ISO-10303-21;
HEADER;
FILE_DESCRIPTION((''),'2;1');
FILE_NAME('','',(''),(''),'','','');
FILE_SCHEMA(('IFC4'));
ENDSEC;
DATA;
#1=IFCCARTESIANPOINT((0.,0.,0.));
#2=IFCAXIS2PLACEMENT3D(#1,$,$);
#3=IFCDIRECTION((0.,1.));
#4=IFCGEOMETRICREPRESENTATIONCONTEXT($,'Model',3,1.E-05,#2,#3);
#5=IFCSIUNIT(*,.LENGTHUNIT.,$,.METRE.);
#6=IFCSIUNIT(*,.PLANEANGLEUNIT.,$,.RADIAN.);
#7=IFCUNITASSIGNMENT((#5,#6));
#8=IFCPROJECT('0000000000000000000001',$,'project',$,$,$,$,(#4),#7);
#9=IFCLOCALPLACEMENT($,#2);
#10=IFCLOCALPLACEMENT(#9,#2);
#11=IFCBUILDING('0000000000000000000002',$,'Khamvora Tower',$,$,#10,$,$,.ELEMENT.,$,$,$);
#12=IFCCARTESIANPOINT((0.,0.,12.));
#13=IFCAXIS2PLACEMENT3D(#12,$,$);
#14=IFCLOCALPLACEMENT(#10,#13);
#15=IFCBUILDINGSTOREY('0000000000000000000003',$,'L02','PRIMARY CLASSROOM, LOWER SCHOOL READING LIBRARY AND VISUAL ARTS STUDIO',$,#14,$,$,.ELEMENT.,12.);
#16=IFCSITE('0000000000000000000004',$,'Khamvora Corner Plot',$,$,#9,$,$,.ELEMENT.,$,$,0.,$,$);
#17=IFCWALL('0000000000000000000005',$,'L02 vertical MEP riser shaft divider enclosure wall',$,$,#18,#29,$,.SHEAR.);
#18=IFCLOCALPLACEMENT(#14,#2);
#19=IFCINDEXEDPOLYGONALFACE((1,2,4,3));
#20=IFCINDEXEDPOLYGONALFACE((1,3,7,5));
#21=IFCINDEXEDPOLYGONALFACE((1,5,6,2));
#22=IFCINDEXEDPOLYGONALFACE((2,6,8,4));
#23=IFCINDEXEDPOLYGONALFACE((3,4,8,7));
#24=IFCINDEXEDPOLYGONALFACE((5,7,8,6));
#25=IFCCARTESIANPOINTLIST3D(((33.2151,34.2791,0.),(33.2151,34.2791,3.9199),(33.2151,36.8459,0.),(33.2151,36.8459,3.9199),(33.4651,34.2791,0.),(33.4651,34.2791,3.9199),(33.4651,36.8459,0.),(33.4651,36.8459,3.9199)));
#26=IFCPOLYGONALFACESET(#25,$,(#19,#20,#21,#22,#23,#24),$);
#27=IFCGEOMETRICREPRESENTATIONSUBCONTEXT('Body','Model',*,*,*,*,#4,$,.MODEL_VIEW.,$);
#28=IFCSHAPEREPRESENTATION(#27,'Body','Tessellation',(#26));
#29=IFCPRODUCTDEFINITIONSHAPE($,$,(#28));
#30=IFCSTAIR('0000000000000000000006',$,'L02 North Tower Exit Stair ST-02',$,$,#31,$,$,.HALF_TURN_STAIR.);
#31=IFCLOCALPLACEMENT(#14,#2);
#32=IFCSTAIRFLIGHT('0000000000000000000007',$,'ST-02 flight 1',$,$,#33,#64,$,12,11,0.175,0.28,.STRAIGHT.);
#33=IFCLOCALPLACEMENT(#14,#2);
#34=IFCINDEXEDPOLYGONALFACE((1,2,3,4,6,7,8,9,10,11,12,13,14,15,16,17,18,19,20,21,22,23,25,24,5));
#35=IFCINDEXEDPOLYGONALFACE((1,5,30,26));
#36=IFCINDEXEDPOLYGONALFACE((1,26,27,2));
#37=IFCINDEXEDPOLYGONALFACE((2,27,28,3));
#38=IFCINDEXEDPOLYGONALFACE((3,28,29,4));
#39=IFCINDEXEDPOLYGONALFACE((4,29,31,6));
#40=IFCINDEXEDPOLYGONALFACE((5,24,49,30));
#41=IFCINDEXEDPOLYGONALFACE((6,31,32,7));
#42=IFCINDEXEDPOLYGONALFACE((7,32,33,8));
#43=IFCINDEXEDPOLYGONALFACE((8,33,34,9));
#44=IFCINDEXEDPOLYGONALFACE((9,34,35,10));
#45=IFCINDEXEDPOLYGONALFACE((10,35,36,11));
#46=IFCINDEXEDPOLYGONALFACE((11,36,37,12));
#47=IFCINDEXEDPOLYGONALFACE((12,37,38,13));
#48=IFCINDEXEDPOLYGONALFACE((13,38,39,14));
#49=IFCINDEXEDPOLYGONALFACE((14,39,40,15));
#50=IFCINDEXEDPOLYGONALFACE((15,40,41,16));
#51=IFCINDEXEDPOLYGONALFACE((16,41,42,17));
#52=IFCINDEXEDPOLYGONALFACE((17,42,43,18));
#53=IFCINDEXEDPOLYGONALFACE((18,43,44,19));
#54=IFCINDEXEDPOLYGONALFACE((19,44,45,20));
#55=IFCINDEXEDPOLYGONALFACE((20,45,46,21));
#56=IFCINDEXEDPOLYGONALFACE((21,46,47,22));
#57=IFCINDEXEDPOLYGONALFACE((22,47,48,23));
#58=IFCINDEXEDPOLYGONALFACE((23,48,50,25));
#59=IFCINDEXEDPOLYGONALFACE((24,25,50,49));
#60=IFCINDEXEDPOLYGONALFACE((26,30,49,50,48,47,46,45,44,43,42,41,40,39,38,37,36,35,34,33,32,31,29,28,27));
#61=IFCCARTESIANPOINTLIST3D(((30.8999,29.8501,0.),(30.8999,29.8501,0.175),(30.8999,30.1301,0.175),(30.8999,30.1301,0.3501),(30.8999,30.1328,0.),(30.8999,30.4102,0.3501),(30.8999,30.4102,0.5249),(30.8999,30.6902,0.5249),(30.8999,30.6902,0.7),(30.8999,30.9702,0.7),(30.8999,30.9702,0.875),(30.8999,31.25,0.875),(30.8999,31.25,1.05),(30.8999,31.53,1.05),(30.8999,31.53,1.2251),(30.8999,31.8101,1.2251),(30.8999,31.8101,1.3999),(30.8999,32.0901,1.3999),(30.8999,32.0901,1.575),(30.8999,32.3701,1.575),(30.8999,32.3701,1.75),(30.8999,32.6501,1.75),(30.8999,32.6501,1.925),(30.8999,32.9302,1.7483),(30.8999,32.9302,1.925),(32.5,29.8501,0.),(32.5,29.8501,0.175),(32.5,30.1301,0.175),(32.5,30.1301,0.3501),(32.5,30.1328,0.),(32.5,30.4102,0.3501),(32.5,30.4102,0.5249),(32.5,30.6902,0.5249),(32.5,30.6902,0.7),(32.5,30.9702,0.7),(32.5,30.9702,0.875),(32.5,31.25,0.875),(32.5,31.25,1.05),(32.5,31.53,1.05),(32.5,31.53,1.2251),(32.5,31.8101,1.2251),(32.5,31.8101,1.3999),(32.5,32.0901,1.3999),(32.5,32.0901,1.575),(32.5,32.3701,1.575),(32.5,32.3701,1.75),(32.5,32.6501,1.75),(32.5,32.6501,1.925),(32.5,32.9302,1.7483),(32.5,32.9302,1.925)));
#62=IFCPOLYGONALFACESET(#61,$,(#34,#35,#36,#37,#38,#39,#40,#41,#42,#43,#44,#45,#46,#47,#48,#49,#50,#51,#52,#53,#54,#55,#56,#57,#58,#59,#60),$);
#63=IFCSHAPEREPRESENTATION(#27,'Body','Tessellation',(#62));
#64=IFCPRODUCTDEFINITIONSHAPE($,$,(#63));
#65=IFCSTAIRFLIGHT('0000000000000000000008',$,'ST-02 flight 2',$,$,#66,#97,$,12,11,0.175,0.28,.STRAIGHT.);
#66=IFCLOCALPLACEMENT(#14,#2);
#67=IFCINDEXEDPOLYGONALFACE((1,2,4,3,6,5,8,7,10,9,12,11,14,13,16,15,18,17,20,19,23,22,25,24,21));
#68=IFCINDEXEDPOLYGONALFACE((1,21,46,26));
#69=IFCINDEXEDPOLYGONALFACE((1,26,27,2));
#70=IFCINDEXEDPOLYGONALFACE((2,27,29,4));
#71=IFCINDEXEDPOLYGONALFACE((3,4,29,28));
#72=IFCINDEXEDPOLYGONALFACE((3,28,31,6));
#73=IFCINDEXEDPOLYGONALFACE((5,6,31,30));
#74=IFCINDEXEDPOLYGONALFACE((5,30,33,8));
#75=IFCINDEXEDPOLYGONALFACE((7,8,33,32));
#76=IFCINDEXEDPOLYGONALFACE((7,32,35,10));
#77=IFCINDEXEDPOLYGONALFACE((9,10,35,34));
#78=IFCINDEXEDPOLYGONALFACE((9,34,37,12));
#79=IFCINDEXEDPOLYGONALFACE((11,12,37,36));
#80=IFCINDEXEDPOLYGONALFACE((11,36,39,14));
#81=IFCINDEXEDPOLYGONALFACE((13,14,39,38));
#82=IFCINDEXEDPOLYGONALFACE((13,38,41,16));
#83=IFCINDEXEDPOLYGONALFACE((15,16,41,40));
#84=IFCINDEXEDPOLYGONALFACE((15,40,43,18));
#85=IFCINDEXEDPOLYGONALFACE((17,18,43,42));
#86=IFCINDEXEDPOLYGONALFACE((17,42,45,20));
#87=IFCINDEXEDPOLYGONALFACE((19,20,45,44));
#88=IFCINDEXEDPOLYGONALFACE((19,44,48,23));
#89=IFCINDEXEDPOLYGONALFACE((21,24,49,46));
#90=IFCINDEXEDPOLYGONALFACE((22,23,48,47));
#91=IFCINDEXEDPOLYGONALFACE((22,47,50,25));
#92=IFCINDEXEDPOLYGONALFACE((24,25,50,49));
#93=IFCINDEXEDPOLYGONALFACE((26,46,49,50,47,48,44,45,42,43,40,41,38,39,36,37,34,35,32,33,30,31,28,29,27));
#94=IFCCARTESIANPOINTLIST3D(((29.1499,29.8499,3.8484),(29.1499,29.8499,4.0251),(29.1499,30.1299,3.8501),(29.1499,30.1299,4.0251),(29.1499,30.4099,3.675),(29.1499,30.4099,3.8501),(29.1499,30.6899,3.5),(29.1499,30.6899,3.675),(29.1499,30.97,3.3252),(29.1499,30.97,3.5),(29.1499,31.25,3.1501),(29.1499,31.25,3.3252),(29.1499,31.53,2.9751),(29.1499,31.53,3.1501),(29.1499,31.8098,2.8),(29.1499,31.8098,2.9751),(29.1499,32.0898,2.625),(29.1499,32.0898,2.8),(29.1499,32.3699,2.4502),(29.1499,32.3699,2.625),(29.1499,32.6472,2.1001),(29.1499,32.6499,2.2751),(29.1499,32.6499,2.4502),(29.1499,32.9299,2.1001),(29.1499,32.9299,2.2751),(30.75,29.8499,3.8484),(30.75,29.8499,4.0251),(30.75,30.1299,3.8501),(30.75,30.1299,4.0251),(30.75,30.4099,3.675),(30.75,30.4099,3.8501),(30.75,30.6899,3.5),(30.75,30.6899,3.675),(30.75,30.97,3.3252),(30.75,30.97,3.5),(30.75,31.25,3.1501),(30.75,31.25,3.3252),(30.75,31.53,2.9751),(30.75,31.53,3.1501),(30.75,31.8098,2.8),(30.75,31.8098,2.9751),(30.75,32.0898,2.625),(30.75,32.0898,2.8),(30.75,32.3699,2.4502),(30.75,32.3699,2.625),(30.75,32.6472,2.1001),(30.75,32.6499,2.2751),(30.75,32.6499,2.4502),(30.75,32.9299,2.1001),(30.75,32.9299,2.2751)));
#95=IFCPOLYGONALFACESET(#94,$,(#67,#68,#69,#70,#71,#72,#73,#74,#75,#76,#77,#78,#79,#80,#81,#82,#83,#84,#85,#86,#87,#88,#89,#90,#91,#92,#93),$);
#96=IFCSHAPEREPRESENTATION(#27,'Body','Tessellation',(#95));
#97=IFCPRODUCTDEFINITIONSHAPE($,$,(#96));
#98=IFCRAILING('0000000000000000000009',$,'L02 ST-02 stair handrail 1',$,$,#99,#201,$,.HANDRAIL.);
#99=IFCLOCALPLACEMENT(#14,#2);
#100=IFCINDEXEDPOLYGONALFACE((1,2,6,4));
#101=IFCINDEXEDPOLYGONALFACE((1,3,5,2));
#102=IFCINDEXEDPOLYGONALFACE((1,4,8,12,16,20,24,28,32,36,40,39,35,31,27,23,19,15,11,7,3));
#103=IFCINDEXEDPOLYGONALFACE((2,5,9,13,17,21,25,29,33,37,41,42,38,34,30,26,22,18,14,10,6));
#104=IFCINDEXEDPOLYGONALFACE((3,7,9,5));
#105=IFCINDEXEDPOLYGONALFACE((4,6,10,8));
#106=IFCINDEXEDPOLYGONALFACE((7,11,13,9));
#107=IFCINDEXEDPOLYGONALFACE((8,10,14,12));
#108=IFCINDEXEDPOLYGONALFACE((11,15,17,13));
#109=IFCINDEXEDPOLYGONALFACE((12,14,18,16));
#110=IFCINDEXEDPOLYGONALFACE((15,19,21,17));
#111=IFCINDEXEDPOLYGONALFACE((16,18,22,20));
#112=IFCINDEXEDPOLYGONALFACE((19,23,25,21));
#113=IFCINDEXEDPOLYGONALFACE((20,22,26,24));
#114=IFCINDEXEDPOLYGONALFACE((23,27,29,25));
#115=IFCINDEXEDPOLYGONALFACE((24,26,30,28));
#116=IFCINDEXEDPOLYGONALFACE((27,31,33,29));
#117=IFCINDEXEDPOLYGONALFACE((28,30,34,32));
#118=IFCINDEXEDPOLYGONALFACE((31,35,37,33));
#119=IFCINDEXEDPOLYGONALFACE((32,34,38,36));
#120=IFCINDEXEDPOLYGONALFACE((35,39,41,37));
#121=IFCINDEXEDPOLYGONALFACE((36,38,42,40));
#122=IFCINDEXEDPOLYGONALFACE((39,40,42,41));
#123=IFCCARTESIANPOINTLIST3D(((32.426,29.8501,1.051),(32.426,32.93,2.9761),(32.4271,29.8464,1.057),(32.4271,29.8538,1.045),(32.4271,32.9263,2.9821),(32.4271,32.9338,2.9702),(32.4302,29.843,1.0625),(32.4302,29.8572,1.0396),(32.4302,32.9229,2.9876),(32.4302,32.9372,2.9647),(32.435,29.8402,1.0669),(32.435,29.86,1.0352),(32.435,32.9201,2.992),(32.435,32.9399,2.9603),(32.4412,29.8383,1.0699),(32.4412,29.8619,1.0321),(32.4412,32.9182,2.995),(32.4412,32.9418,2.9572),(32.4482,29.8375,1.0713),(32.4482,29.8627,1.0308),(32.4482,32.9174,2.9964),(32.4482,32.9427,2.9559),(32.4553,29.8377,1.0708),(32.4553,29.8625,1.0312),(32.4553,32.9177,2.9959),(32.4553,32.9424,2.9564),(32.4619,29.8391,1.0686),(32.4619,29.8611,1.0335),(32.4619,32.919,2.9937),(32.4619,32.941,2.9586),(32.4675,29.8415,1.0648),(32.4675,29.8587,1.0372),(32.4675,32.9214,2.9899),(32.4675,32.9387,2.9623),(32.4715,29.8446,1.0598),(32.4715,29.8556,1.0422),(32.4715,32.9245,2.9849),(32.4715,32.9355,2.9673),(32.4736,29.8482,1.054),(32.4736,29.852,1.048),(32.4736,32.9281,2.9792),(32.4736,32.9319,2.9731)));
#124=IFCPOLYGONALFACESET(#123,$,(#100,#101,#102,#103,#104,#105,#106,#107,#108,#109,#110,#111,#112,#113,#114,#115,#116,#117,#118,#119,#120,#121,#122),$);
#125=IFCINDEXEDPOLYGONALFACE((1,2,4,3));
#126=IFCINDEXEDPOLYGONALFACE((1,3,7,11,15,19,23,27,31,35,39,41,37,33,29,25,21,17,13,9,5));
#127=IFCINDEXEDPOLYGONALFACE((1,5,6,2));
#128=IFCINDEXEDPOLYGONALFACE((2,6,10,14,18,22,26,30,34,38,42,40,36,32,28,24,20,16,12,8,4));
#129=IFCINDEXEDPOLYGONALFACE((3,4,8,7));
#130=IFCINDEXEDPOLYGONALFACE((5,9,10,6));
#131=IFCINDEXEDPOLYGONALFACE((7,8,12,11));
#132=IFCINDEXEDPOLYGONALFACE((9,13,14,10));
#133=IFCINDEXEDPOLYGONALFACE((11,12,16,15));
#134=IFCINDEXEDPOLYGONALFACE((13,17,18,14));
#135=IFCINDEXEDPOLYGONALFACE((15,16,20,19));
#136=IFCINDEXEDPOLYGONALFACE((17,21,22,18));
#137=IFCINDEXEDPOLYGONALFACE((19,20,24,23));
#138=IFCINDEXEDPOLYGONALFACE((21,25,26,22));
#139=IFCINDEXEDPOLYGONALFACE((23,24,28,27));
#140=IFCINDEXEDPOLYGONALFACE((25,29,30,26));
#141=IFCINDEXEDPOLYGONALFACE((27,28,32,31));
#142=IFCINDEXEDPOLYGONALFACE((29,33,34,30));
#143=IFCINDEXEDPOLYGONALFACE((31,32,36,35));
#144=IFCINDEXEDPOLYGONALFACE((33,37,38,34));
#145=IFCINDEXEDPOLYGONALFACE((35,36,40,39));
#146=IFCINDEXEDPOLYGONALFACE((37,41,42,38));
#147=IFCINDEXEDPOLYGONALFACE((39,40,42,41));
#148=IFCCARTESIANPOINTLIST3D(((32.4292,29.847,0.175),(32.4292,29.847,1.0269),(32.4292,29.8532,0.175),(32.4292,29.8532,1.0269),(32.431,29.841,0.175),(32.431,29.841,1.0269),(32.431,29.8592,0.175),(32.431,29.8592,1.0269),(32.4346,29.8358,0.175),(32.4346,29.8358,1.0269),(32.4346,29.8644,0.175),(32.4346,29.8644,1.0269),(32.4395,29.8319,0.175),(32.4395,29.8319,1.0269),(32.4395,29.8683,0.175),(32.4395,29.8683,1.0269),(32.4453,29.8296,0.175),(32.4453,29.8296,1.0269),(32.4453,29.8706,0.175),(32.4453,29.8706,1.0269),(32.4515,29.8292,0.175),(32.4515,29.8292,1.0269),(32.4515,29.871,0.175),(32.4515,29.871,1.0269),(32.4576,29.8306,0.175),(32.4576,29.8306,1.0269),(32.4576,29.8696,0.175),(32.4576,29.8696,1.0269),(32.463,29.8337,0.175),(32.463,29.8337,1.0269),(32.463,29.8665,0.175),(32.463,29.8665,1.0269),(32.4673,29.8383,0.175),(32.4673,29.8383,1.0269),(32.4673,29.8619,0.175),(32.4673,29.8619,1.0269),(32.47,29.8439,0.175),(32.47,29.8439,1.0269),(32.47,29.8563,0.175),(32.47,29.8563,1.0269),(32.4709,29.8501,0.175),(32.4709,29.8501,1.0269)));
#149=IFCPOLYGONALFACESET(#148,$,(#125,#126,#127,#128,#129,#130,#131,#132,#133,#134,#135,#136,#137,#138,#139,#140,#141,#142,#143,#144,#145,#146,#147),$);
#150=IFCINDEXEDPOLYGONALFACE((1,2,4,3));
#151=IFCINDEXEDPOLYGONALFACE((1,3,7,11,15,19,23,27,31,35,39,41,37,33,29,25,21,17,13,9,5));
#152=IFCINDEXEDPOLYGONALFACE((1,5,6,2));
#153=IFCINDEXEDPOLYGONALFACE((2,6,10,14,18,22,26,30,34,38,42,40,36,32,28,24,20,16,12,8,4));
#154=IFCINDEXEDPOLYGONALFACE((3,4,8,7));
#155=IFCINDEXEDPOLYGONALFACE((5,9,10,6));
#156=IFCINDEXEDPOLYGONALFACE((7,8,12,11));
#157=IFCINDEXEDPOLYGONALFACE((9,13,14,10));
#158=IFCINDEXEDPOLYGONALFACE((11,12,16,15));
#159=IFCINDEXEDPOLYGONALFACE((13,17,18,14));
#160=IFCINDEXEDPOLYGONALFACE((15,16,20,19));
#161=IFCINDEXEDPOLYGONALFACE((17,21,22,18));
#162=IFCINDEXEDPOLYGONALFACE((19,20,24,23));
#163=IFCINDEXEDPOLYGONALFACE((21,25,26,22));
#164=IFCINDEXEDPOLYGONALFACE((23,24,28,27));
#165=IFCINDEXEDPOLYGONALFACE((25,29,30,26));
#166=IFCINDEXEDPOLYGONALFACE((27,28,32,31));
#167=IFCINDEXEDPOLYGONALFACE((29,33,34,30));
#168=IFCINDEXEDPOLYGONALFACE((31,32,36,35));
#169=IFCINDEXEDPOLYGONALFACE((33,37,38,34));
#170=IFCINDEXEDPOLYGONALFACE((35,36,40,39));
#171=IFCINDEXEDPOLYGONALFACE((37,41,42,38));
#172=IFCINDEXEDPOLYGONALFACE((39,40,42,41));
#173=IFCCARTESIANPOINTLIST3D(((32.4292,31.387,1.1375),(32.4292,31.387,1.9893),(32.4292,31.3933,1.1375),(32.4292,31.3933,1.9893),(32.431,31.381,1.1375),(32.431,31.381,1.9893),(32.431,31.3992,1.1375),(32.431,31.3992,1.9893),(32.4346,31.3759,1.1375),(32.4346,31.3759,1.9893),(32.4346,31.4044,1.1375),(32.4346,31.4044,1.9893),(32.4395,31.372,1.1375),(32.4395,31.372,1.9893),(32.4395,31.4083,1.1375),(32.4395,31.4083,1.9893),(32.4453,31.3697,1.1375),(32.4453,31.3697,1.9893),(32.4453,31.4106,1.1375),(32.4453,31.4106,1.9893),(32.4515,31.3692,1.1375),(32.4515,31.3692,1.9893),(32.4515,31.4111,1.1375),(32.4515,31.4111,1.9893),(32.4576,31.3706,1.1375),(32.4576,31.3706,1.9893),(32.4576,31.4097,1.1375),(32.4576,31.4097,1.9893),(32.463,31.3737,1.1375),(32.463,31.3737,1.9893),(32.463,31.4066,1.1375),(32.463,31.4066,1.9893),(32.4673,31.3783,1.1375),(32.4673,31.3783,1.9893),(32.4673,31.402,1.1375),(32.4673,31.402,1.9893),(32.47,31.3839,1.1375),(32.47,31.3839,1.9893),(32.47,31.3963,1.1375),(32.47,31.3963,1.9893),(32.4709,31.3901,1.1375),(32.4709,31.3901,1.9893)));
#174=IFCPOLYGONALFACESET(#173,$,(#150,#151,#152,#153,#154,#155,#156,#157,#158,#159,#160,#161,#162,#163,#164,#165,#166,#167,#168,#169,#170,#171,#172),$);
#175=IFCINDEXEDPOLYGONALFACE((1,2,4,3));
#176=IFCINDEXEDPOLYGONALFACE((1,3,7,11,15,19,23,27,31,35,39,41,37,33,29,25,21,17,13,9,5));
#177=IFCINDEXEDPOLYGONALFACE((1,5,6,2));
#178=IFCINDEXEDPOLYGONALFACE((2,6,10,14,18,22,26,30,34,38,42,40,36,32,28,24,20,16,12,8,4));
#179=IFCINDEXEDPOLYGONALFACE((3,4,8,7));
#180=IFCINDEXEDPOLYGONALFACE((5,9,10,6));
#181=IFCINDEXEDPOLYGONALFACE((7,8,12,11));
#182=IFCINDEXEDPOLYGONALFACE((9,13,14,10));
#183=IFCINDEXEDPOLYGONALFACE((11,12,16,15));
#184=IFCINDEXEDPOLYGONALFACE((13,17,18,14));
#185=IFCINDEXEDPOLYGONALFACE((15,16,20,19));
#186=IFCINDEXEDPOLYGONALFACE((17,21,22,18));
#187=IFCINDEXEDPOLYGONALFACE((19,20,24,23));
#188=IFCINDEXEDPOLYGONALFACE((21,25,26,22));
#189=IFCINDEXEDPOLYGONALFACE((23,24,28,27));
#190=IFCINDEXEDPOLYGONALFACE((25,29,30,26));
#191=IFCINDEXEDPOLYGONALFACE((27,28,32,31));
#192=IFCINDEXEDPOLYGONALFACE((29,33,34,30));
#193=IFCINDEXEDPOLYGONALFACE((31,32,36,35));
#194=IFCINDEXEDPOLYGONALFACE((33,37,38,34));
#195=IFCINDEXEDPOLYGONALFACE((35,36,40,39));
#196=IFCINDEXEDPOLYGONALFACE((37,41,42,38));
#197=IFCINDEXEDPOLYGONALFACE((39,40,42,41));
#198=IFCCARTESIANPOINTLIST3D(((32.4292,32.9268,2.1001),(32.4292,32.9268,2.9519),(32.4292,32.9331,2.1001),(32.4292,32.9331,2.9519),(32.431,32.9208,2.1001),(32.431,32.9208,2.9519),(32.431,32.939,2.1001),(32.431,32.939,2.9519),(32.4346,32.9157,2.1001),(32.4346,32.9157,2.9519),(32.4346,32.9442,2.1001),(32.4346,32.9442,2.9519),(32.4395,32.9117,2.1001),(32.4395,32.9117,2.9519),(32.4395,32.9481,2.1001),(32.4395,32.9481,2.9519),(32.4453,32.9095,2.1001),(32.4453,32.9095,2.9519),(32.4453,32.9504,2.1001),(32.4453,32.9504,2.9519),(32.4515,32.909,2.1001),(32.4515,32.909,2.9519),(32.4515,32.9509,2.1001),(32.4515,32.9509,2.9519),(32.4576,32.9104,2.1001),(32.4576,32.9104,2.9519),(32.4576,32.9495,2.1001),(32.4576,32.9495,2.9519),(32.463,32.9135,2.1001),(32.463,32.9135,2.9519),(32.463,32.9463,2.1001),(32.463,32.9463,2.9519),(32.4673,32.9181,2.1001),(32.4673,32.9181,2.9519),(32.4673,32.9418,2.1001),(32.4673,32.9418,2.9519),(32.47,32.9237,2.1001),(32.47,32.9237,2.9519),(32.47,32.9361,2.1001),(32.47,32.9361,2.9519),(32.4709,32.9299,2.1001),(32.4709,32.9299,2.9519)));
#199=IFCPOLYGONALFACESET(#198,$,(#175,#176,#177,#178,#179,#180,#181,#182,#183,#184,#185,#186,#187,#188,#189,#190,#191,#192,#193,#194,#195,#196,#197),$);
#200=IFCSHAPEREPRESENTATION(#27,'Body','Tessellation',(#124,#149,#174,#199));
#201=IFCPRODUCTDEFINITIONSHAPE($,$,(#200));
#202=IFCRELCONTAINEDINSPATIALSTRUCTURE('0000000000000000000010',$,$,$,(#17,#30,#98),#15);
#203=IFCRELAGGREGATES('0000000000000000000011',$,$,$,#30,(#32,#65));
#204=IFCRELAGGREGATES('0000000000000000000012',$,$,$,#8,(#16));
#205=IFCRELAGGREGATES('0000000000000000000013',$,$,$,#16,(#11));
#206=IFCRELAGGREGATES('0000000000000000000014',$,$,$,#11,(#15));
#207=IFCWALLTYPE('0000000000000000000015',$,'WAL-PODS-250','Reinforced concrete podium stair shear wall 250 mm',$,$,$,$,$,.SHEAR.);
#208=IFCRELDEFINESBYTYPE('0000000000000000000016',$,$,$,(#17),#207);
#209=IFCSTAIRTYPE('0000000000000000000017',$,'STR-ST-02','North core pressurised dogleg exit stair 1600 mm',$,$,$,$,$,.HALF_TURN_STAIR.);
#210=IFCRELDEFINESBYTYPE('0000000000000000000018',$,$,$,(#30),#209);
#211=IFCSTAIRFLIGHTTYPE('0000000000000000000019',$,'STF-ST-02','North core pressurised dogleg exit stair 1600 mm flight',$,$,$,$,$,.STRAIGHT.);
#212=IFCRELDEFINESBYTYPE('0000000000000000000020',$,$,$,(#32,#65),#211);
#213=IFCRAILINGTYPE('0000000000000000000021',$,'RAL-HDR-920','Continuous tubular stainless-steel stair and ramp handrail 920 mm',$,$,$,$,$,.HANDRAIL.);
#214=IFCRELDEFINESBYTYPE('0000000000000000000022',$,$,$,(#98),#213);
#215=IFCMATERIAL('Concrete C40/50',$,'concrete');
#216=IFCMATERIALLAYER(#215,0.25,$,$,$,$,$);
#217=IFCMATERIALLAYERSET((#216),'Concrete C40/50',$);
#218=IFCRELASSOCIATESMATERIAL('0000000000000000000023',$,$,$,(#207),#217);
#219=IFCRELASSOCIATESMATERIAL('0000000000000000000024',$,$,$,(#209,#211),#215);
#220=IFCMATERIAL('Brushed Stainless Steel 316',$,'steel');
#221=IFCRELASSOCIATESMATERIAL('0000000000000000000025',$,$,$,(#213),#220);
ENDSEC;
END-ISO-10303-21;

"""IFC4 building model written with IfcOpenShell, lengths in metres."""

from ifc_helpers import new_model, si_unit, direction, frame, frame_2d, origin, origin_2d, place, context, subcontext, project, spatial, polyline, rectangle, circle, outline, extrude, material, layer, layer_set, type_object, element, aggregate, save


model = new_model("IFC4")

# Units and contexts
model_context = context("Model", 3, precision=1e-05, world=origin(), true_north=direction((0.0, 1.0)))
body_context = subcontext(model_context, "Body", "Model", "MODEL_VIEW")
ifc_project = project(units=[si_unit("LENGTHUNIT", "METRE"), si_unit("PLANEANGLEUNIT", "RADIAN")], contexts=[model_context])

# Site, building, storey
site_placement = place(None, origin())
site = spatial("IfcSite", under=ifc_project, at=site_placement, Name="Khamvora Corner Plot", CompositionType="ELEMENT", RefElevation=0.0)
building_placement = place(site_placement, origin())
building = spatial("IfcBuilding", under=site, at=building_placement, Name="Khamvora Tower", CompositionType="ELEMENT")
storey_placement = place(building_placement, frame((0.0, 0.0, 12.0)))
storey = spatial("IfcBuildingStorey", under=building, at=storey_placement, Name="L02", Description="PRIMARY CLASSROOM, LOWER SCHOOL READING LIBRARY AND VISUAL ARTS STUDIO", CompositionType="ELEMENT", Elevation=12.0)

# Wall
ifc_material_1 = material(Name="Concrete C40/50", Category="concrete")
ifc_layer_1 = layer(ifc_material_1, 0.25)
ifc_layer_set_1 = layer_set([ifc_layer_1], Name="Concrete C40/50")
wall_type_1 = type_object("IfcWallType", Name="WAL-PODS-250", Description="Reinforced concrete podium stair shear wall 250 mm", PredefinedType="SHEAR", material=ifc_layer_set_1)
wall_1_placement = place(storey_placement, frame((33.3401, 34.2791, 0.0), z_axis=(0.0, 0.0, 1.0), x_axis=(0.0, 1.0, 0.0)))
element("IfcWall", 1, at=wall_1_placement, inside=storey, type_object=wall_type_1, Name="L02 vertical MEP riser shaft divider enclosure wall", PredefinedType="SHEAR", context=body_context, shape_type="SweptSolid", body=[
    extrude(rectangle(XDim=2.5669, YDim=0.25, at=frame_2d((1.2834, 0.0))), origin(), (0.0, 0.0, 1.0), 3.9199),
])

# Stair, stair flights
stair_type = type_object("IfcStairType", Name="STR-ST-02", Description="North core pressurised dogleg exit stair 1600 mm", PredefinedType="HALF_TURN_STAIR", material=ifc_material_1)
stair_placement = place(storey_placement, origin())
stair = element("IfcStair", 2, at=stair_placement, inside=storey, type_object=stair_type, Name="L02 North Tower Exit Stair ST-02", PredefinedType="HALF_TURN_STAIR")
stair_flight_type = type_object("IfcStairFlightType", Name="STF-ST-02", Description="North core pressurised dogleg exit stair 1600 mm flight", PredefinedType="STRAIGHT", material=ifc_material_1)
stair_flight_1_placement = place(storey_placement, frame((31.7, 29.8501, 0.0), z_axis=(0.0, 0.0, 1.0), x_axis=(0.0, 1.0, 0.0)))
stair_flight_1 = element("IfcStairFlight", 3, at=stair_flight_1_placement, type_object=stair_flight_type, Name="ST-02 flight 1", NumberOfRisers=12, NumberOfTreads=11, PredefinedType="STRAIGHT", RiserHeight=0.175, TreadLength=0.28, context=body_context, shape_type="SweptSolid", body=[
    extrude(outline(polyline([(0.0, 0.0), (0.0, 0.175), (0.28, 0.175), (0.28, 0.3501), (0.5601, 0.3501), (0.5601, 0.5249), (0.8401, 0.5249), (0.8401, 0.7), (1.1201, 0.7), (1.1201, 0.875), (1.3999, 0.875), (1.3999, 1.05), (1.6799, 1.05), (1.6799, 1.2251), (1.96, 1.2251), (1.96, 1.3999), (2.24, 1.3999), (2.24, 1.575), (2.52, 1.575), (2.52, 1.75), (2.8, 1.75), (2.8, 1.925), (3.0801, 1.925), (3.0801, 2.1001), (3.0801, 1.7483), (0.2827, 0.0), (0.0, 0.0)])), frame((0.0, 0.8, 0.0), z_axis=(0.0, -1.0, 0.0), x_axis=(1.0, 0.0, 0.0)), (0.0, 0.0, 1.0), 1.6001),
])
stair_flight_2_placement = place(storey_placement, frame((29.95, 32.9299, 2.1001), z_axis=(0.0, 0.0, 1.0), x_axis=(0.0, -1.0, 0.0)))
stair_flight_2 = element("IfcStairFlight", 4, at=stair_flight_2_placement, type_object=stair_flight_type, Name="ST-02 flight 2", NumberOfRisers=12, NumberOfTreads=11, PredefinedType="STRAIGHT", RiserHeight=0.175, TreadLength=0.28, context=body_context, shape_type="SweptSolid", body=[
    extrude(outline(polyline([(0.0, 0.0), (0.0, 0.175), (0.28, 0.175), (0.28, 0.3501), (0.5601, 0.3501), (0.5601, 0.5249), (0.8401, 0.5249), (0.8401, 0.7), (1.1201, 0.7), (1.1201, 0.875), (1.3999, 0.875), (1.3999, 1.05), (1.6799, 1.05), (1.6799, 1.2251), (1.96, 1.2251), (1.96, 1.3999), (2.24, 1.3999), (2.24, 1.575), (2.52, 1.575), (2.52, 1.75), (2.8, 1.75), (2.8, 1.925), (3.0801, 1.925), (3.0801, 2.1001), (3.0801, 1.7483), (0.2827, 0.0), (0.0, 0.0)])), frame((0.0, 0.8, 0.0), z_axis=(0.0, -1.0, 0.0), x_axis=(1.0, 0.0, 0.0)), (0.0, 0.0, 1.0), 1.6001),
])
aggregate(stair, [stair_flight_1, stair_flight_2])

# Railing
ifc_material_2 = material(Name="Brushed Stainless Steel 316", Category="steel")
railing_type_1 = type_object("IfcRailingType", Name="RAL-HDR-920", Description="Continuous tubular stainless-steel stair and ramp handrail 920 mm", PredefinedType="HANDRAIL", material=ifc_material_2)
railing_1_placement = place(storey_placement, frame((32.45, 29.8501, 0.175)))
element("IfcRailing", 5, at=railing_1_placement, inside=storey, type_object=railing_type_1, Name="L02 ST-02 stair handrail 1", PredefinedType="HANDRAIL", context=body_context, shape_type="SweptSolid", body=[
    extrude(circle(Radius=0.0239, at=origin_2d()), frame((0.0, 0.0, 0.876), z_axis=(0.0, 0.847979, 0.530029), x_axis=(-1.0, 0.0, 0.0)), (0.0, 0.0, 1.0), 3.6321),
    extrude(circle(Radius=0.021, at=origin_2d()), origin(), (0.0, 0.0, 1.0), 0.8518),
    extrude(circle(Radius=0.021, at=origin_2d()), frame((0.0, 1.54, 0.9624)), (0.0, 0.0, 1.0), 0.8518),
    extrude(circle(Radius=0.021, at=origin_2d()), frame((0.0, 3.0798, 1.925)), (0.0, 0.0, 1.0), 0.8518),
])

save(model, "model.ifc")
